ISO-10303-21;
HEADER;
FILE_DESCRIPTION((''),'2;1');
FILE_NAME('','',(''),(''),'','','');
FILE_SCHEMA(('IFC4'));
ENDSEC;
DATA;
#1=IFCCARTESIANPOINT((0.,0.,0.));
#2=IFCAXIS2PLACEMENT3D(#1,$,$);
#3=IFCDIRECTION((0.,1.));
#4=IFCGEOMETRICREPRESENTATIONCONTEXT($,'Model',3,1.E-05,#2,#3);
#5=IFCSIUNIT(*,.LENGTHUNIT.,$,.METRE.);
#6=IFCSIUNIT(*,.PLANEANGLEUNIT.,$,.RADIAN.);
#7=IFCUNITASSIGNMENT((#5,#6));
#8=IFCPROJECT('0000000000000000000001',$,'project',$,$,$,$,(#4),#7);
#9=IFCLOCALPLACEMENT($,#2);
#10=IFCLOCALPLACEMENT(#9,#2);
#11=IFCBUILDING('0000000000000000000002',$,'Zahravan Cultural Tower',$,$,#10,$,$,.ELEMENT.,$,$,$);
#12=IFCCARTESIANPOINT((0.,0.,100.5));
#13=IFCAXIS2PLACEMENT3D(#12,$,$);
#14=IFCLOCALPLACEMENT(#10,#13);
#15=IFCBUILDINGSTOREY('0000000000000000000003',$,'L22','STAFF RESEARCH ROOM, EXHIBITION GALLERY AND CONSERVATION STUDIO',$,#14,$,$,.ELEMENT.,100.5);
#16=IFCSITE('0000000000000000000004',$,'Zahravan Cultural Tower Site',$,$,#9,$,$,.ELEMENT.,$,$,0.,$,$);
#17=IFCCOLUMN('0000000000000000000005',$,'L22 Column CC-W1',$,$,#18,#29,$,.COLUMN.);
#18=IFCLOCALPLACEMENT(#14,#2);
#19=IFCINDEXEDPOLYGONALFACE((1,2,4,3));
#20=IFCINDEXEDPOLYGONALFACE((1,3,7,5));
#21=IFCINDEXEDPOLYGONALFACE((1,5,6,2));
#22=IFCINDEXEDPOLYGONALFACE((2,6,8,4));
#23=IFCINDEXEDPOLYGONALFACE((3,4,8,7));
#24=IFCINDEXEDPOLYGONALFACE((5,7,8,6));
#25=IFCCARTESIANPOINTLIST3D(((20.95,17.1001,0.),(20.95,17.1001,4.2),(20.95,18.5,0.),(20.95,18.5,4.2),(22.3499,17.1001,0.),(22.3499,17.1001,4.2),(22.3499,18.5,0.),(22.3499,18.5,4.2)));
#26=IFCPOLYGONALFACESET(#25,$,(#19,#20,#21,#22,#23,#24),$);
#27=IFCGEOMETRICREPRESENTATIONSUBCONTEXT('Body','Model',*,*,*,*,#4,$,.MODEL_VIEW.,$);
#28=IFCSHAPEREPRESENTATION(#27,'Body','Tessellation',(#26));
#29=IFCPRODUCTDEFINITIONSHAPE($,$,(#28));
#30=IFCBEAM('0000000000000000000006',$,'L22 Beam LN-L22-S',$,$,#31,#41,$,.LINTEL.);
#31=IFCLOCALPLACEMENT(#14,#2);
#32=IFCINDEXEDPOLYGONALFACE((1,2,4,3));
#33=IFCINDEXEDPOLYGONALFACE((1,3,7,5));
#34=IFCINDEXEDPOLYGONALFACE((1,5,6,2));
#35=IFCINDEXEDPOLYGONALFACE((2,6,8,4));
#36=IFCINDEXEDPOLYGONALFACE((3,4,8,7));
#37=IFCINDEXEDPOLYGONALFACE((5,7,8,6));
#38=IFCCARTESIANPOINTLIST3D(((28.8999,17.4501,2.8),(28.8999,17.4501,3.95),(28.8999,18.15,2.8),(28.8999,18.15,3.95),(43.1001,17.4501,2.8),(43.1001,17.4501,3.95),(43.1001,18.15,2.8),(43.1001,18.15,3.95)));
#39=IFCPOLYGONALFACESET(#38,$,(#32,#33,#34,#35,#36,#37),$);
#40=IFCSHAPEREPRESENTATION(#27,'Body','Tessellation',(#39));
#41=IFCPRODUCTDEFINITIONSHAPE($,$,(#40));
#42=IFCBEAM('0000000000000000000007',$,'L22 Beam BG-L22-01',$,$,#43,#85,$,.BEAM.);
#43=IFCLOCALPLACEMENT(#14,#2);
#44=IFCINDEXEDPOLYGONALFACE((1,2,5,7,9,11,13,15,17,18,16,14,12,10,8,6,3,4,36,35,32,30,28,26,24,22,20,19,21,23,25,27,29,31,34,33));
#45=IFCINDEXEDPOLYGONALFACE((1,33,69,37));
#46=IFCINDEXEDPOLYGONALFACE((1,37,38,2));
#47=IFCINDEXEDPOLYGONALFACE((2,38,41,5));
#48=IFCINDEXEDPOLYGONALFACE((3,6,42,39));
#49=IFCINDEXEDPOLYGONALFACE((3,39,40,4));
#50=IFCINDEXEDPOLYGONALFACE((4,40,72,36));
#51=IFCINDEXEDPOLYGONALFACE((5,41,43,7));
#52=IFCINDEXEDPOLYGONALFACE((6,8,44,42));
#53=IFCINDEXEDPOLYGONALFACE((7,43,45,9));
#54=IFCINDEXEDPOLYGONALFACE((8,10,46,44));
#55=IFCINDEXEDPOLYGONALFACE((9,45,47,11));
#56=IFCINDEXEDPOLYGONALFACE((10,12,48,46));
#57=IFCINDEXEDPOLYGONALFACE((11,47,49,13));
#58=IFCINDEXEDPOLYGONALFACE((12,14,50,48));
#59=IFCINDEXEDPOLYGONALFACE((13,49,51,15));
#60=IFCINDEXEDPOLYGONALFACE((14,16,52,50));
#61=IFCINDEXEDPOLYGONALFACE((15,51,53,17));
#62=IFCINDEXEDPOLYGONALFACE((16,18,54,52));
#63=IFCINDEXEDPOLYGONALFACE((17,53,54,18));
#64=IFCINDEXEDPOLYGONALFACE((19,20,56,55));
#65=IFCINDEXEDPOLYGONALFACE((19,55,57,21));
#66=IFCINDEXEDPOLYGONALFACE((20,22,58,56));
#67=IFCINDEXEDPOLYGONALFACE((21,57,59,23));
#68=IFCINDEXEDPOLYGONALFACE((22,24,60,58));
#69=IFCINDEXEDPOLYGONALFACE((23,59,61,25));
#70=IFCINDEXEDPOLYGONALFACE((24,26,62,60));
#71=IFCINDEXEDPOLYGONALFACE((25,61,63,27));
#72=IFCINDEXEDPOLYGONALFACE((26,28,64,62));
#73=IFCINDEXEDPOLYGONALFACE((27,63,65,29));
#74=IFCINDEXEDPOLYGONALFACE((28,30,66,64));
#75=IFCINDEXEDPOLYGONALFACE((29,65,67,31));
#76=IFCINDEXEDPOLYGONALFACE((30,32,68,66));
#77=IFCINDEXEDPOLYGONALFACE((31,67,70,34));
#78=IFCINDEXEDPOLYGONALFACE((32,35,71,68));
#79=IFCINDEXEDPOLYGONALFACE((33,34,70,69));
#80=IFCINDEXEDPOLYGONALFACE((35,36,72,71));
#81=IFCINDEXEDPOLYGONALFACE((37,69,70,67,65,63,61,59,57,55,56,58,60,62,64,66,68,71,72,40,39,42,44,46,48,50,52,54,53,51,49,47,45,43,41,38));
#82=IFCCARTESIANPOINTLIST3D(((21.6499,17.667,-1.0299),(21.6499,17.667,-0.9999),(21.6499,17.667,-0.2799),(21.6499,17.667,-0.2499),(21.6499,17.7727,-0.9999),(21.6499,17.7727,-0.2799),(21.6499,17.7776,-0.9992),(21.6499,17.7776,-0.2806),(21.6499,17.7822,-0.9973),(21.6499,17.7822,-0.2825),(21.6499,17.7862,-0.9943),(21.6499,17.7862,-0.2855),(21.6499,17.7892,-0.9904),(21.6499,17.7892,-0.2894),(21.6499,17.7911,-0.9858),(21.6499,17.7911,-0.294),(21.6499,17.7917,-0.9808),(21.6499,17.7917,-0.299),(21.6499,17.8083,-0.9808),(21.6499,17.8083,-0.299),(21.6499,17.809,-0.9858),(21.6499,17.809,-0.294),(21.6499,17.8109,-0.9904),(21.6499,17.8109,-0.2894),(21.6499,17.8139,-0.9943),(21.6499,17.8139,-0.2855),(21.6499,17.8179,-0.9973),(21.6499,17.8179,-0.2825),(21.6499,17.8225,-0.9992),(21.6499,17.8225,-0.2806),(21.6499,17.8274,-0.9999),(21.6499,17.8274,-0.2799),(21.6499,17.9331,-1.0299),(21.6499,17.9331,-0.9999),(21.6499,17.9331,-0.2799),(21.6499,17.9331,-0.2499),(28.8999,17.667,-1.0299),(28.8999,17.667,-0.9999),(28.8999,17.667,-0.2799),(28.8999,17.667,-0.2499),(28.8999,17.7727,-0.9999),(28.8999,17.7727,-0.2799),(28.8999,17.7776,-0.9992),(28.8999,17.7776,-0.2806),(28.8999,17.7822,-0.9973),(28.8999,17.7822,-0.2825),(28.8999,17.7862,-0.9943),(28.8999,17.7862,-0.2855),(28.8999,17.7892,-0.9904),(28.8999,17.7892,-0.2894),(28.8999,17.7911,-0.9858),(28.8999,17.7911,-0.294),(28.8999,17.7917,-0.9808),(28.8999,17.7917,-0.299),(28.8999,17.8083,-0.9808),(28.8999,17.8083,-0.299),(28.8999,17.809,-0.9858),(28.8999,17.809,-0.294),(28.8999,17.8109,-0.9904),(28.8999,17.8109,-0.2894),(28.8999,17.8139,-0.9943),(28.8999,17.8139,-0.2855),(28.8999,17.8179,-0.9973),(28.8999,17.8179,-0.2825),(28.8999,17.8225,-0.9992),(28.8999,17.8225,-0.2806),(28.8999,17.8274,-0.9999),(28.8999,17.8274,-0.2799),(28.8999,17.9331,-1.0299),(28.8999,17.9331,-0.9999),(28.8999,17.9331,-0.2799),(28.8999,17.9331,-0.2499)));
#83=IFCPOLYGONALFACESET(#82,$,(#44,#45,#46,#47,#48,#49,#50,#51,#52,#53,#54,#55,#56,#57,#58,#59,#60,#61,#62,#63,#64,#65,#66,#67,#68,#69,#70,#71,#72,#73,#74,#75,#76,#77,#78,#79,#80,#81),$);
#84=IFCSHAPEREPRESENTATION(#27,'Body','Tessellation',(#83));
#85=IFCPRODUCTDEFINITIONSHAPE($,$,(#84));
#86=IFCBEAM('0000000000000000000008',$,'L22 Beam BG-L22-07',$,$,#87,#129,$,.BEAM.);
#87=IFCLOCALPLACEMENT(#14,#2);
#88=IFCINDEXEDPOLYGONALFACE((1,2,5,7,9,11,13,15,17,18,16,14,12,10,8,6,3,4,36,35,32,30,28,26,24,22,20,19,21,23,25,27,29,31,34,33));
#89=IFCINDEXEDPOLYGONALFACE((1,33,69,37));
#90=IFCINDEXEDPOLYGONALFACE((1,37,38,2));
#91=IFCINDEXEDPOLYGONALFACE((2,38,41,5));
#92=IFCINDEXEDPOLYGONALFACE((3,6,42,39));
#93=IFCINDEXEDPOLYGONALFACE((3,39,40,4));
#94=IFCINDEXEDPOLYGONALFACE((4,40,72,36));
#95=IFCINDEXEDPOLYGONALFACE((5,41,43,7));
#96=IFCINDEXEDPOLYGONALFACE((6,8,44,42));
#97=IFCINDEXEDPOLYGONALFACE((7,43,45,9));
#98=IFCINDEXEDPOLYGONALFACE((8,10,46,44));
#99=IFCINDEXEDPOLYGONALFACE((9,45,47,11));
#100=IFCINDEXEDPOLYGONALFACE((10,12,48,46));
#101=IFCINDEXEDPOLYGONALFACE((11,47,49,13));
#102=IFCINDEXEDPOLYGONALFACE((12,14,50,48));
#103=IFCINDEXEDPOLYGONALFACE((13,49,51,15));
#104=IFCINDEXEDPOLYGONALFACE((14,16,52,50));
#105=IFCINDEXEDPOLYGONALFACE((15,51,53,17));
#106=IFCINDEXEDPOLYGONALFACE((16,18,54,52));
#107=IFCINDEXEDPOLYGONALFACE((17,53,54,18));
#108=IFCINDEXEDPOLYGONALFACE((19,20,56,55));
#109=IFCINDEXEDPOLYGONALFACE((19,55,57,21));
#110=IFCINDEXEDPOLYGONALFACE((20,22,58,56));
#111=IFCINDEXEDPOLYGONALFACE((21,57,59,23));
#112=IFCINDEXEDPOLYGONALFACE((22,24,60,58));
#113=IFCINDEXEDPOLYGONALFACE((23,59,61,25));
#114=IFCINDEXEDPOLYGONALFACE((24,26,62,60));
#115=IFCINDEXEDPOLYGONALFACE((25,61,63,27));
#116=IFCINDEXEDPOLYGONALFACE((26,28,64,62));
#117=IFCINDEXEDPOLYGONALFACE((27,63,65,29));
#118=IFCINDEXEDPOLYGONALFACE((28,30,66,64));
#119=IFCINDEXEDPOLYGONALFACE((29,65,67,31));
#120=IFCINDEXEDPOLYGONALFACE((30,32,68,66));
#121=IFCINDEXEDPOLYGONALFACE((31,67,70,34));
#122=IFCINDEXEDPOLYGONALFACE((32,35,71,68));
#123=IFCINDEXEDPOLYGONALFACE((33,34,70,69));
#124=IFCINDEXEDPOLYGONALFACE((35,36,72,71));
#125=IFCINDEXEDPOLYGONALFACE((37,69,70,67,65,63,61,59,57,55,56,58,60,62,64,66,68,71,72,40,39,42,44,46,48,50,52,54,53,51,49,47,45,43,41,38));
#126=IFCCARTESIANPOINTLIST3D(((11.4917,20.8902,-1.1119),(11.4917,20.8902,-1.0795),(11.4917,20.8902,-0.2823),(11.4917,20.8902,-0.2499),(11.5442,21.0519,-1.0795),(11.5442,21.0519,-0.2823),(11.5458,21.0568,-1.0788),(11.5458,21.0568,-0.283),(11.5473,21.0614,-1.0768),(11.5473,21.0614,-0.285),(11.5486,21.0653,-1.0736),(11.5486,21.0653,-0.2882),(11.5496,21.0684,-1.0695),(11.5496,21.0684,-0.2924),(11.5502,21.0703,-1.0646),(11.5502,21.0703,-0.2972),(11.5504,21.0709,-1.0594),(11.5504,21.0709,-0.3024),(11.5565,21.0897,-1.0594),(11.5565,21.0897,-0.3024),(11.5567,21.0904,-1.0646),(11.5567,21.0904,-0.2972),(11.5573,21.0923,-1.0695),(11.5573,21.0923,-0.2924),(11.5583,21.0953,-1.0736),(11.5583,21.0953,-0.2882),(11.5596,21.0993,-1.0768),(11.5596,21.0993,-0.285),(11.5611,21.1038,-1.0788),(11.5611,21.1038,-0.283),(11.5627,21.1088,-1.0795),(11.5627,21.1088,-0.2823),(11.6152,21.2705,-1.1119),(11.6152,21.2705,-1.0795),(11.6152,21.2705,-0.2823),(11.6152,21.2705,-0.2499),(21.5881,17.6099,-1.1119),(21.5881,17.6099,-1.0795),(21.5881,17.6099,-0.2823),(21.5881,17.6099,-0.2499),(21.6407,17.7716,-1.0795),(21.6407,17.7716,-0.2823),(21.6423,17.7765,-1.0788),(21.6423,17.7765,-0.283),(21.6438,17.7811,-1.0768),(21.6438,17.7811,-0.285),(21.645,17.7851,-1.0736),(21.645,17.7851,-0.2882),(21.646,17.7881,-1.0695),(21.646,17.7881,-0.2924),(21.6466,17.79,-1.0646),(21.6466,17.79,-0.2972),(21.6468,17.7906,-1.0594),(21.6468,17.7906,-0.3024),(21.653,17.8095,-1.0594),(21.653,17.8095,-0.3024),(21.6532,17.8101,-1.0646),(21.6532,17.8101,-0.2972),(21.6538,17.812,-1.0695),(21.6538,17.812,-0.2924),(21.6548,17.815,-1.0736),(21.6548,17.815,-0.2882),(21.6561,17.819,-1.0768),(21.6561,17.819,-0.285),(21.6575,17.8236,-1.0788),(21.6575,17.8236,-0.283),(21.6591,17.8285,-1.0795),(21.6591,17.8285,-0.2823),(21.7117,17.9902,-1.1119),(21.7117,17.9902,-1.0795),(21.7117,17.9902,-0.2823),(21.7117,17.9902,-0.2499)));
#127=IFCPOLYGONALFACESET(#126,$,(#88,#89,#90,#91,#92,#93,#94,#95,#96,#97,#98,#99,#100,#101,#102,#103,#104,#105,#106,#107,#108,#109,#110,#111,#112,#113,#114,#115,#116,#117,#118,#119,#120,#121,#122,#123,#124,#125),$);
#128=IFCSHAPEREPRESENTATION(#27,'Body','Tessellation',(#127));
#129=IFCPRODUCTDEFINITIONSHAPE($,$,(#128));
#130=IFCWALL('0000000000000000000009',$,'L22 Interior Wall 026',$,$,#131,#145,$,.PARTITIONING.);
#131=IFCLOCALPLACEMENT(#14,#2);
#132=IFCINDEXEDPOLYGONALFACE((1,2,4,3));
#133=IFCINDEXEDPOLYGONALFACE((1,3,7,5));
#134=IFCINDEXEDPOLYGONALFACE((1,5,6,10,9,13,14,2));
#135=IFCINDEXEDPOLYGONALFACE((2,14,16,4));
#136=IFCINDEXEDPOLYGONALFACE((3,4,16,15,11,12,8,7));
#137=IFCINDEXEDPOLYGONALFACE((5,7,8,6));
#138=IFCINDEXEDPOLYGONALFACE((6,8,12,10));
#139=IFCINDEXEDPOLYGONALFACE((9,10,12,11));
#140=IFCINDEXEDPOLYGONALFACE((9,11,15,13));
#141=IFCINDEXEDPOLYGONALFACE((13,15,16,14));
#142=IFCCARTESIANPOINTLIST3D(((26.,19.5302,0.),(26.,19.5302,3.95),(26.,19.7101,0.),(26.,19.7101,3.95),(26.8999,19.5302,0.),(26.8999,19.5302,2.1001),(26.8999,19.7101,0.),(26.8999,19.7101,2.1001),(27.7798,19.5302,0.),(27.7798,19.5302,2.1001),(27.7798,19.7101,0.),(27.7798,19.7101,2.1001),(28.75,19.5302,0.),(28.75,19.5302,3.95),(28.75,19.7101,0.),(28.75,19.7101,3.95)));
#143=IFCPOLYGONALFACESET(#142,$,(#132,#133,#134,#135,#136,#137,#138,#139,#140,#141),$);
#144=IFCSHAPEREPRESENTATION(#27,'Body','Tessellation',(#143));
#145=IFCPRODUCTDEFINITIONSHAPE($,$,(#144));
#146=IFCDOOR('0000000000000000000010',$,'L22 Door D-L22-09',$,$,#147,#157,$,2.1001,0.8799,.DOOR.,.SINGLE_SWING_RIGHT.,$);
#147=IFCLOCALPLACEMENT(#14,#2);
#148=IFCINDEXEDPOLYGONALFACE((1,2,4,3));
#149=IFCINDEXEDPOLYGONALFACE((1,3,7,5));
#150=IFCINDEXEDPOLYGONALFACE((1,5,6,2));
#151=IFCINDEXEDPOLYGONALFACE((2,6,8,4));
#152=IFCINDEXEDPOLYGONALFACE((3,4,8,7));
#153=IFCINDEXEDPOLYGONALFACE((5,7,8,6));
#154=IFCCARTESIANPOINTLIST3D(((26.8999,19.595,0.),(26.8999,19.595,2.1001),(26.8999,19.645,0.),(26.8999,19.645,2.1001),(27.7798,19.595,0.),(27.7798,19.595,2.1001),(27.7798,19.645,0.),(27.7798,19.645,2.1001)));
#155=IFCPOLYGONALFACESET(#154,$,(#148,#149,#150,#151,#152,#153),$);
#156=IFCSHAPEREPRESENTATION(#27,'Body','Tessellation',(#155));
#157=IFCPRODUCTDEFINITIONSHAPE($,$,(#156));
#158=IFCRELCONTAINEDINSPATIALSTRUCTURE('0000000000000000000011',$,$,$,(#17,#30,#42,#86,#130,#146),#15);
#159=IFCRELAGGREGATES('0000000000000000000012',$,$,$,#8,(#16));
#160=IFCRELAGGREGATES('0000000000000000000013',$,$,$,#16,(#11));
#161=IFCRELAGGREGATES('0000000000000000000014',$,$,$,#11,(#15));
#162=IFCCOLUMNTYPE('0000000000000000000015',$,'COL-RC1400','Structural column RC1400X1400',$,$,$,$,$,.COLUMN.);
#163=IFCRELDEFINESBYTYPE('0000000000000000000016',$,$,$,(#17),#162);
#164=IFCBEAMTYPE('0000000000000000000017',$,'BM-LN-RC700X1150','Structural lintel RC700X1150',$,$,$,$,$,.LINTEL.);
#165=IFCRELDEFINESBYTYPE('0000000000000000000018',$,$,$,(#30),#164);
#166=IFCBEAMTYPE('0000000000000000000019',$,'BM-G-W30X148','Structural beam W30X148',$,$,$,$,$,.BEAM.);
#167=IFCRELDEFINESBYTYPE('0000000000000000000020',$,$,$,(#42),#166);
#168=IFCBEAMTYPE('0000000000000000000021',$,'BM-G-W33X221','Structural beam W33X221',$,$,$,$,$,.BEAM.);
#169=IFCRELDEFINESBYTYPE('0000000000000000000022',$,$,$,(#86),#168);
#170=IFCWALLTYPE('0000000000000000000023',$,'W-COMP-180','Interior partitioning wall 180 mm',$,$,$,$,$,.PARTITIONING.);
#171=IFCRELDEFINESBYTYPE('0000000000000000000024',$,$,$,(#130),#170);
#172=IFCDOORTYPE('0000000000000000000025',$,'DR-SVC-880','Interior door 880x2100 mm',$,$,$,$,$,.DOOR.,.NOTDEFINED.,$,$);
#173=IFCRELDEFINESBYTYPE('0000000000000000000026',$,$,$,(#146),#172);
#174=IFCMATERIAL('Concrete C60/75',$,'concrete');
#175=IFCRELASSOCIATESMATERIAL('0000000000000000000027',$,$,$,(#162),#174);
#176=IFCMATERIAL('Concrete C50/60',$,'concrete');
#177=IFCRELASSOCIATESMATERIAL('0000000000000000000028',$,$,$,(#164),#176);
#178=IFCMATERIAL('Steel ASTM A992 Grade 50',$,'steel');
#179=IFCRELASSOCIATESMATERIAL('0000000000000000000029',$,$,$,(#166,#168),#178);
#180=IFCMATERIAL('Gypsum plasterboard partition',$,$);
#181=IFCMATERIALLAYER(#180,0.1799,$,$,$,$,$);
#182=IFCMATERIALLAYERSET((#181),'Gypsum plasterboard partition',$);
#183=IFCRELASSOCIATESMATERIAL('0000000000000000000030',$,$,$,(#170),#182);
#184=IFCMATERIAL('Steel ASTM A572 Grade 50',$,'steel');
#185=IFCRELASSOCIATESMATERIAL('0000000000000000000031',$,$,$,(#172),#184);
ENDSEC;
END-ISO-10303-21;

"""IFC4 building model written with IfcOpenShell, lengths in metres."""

from ifc_helpers import new_model, si_unit, direction, frame, frame_2d, origin, origin_2d, place, context, subcontext, project, spatial, rectangle, i_section, extrude, source, transform, mapped, material, layer, layer_set, material_profile, profile_set, type_object, element, fill, save


model = new_model("IFC4")

# Units and contexts
model_context = context("Model", 3, precision=1e-05, world=origin(), true_north=direction((0.0, 1.0)))
body_context = subcontext(model_context, "Body", "Model", "MODEL_VIEW")
ifc_project = project(units=[si_unit("LENGTHUNIT", "METRE"), si_unit("PLANEANGLEUNIT", "RADIAN")], contexts=[model_context])

# Site, building, storey
site_placement = place(None, origin())
site = spatial("IfcSite", under=ifc_project, at=site_placement, Name="Zahravan Cultural Tower Site", CompositionType="ELEMENT", RefElevation=0.0)
building_placement = place(site_placement, origin())
building = spatial("IfcBuilding", under=site, at=building_placement, Name="Zahravan Cultural Tower", CompositionType="ELEMENT")
storey_placement = place(building_placement, frame((0.0, 0.0, 100.5)))
storey = spatial("IfcBuildingStorey", under=building, at=storey_placement, Name="L22", Description="STAFF RESEARCH ROOM, EXHIBITION GALLERY AND CONSERVATION STUDIO", CompositionType="ELEMENT", Elevation=100.5)

# Column
ifc_material_1 = material(Name="Concrete C60/75", Category="concrete")
ifc_material_profile_1 = material_profile(ifc_material_1, rectangle(XDim=1.3999, YDim=1.3999, at=origin_2d()), Name="RC1400X1400")
ifc_profile_set_1 = profile_set([ifc_material_profile_1], Name="Concrete C60/75")
column_type = type_object("IfcColumnType", Name="COL-RC1400", Description="Structural column RC1400X1400", PredefinedType="COLUMN", material=ifc_profile_set_1)
shared_shape_1 = source(origin(), body_context, "Body", "SweptSolid", [
    extrude(rectangle(XDim=1.3999, YDim=1.3999, at=origin_2d()), origin(), (0.0, 0.0, 1.0), 4.2),
])
column_placement = place(storey_placement, frame((21.6499, 17.8, 0.0), z_axis=(0.0, 0.0, 1.0), x_axis=(1.0, 0.0, 0.0)))
element("IfcColumn", 1, at=column_placement, inside=storey, type_object=column_type, Name="L22 Column CC-W1", PredefinedType="COLUMN", context=body_context, shape_type="MappedRepresentation", body=[
    mapped(shared_shape_1, transform((0.0, 0.0, 0.0), x_axis=(1.0, 0.0, 0.0), y_axis=(0.0, 1.0, 0.0), z_axis=(0.0, 0.0, 1.0), scale=1.0)),
])

# Beams
ifc_material_2 = material(Name="Concrete C50/60", Category="concrete")
ifc_material_profile_2 = material_profile(ifc_material_2, rectangle(XDim=0.7, YDim=1.1499, at=origin_2d()), Name="RC700X1150")
ifc_profile_set_2 = profile_set([ifc_material_profile_2], Name="Concrete C50/60")
beam_type_1 = type_object("IfcBeamType", Name="BM-LN-RC700X1150", Description="Structural lintel RC700X1150", PredefinedType="LINTEL", material=ifc_profile_set_2)
shared_shape_2 = source(origin(), body_context, "Body", "SweptSolid", [
    extrude(rectangle(XDim=0.7, YDim=1.1499, at=origin_2d()), origin(), (0.0, 0.0, 1.0), 14.2002),
])
beam_1_placement = place(storey_placement, frame((28.8999, 17.8, 3.375), z_axis=(1.0, 0.0, 0.0), x_axis=(0.0, 1.0, 0.0)))
element("IfcBeam", 2, at=beam_1_placement, inside=storey, type_object=beam_type_1, Name="L22 Beam LN-L22-S", PredefinedType="LINTEL", context=body_context, shape_type="MappedRepresentation", body=[
    mapped(shared_shape_2, transform((0.0, 0.0, 0.0), x_axis=(1.0, 0.0, 0.0), y_axis=(0.0, 1.0, 0.0), z_axis=(0.0, 0.0, 1.0), scale=1.0)),
])
ifc_material_3 = material(Name="Steel ASTM A992 Grade 50", Category="steel")
ifc_material_profile_3 = material_profile(ifc_material_3, i_section(OverallWidth=0.2661, OverallDepth=0.78, WebThickness=0.0166, FlangeThickness=0.03, FilletRadius=0.019, at=origin_2d()), Name="W30X148")
ifc_profile_set_3 = profile_set([ifc_material_profile_3], Name="Steel ASTM A992 Grade 50")
beam_type_2 = type_object("IfcBeamType", Name="BM-G-W30X148", Description="Structural beam W30X148", PredefinedType="BEAM", material=ifc_profile_set_3)
shared_shape_3 = source(origin(), body_context, "Body", "SweptSolid", [
    extrude(i_section(OverallWidth=0.2661, OverallDepth=0.78, WebThickness=0.0166, FlangeThickness=0.03, FilletRadius=0.019, at=origin_2d()), origin(), (0.0, 0.0, 1.0), 7.25),
])
beam_2_placement = place(storey_placement, frame((21.6499, 17.8, -0.6399), z_axis=(1.0, 0.0, 0.0), x_axis=(0.0, 1.0, 0.0)))
element("IfcBeam", 3, at=beam_2_placement, inside=storey, type_object=beam_type_2, Name="L22 Beam BG-L22-01", PredefinedType="BEAM", context=body_context, shape_type="MappedRepresentation", body=[
    mapped(shared_shape_3, transform((0.0, 0.0, 0.0), x_axis=(1.0, 0.0, 0.0), y_axis=(0.0, 1.0, 0.0), z_axis=(0.0, 0.0, 1.0), scale=1.0)),
])
ifc_material_profile_4 = material_profile(ifc_material_3, i_section(OverallWidth=0.3999, OverallDepth=0.8621, WebThickness=0.0198, FlangeThickness=0.0325, FilletRadius=0.02, at=origin_2d()), Name="W33X221")
ifc_profile_set_4 = profile_set([ifc_material_profile_4], Name="Steel ASTM A992 Grade 50")
beam_type_3 = type_object("IfcBeamType", Name="BM-G-W33X221", Description="Structural beam W33X221", PredefinedType="BEAM", material=ifc_profile_set_4)
shared_shape_4 = source(origin(), body_context, "Body", "SweptSolid", [
    extrude(i_section(OverallWidth=0.3999, OverallDepth=0.8621, WebThickness=0.0198, FlangeThickness=0.0325, FilletRadius=0.02, at=origin_2d()), origin(), (0.0, 0.0, 1.0), 10.616),
])
beam_3_placement = place(storey_placement, frame((21.6499, 17.8, -0.6809), z_axis=(-0.951064, 0.308995, 0.0), x_axis=(-0.308995, -0.951064, 0.0)))
element("IfcBeam", 4, at=beam_3_placement, inside=storey, type_object=beam_type_3, Name="L22 Beam BG-L22-07", PredefinedType="BEAM", context=body_context, shape_type="MappedRepresentation", body=[
    mapped(shared_shape_4, transform((0.0, 0.0, 0.0), x_axis=(1.0, 0.0, 0.0), y_axis=(0.0, 1.0, 0.0), z_axis=(0.0, 0.0, 1.0), scale=1.0)),
])

# Wall, opening, door
ifc_material_4 = material(Name="Gypsum plasterboard partition")
ifc_layer_1 = layer(ifc_material_4, 0.1799)
ifc_layer_set_1 = layer_set([ifc_layer_1], Name="Gypsum plasterboard partition")
wall_type_1 = type_object("IfcWallType", Name="W-COMP-180", Description="Interior partitioning wall 180 mm", PredefinedType="PARTITIONING", material=ifc_layer_set_1)
wall_1_placement = place(storey_placement, frame((26.0, 19.6201, 0.0), z_axis=(0.0, 0.0, 1.0), x_axis=(1.0, 0.0, 0.0)))
wall_1 = element("IfcWall", 5, at=wall_1_placement, inside=storey, type_object=wall_type_1, Name="L22 Interior Wall 026", PredefinedType="PARTITIONING", context=body_context, shape_type="SweptSolid", body=[
    extrude(rectangle(XDim=2.75, YDim=0.1799, at=frame_2d((1.375, 0.0))), origin(), (0.0, 0.0, 1.0), 3.95),
])
opening_1_placement = place(wall_1_placement, frame((0.8999, 0.0, 0.0)))
opening_1 = element("IfcOpeningElement", 6, at=opening_1_placement, cuts=wall_1, PredefinedType="OPENING", context=body_context, shape_type="SweptSolid", body=[
    extrude(rectangle(XDim=0.8799, YDim=2.1001, at=frame_2d((0.4399, 1.05))), frame((0.0, 0.0999, 0.0), z_axis=(0.0, -1.0, 0.0), x_axis=(1.0, 0.0, 0.0)), (0.0, 0.0, 1.0), 0.2),
])
ifc_material_5 = material(Name="Steel ASTM A572 Grade 50", Category="steel")
door_type_1 = type_object("IfcDoorType", Name="DR-SVC-880", Description="Interior door 880x2100 mm", OperationType="NOTDEFINED", PredefinedType="DOOR", material=ifc_material_5)
shared_shape_5 = source(origin(), body_context, "Body", "SweptSolid", [
    extrude(rectangle(XDim=0.8799, YDim=2.1001, at=frame_2d((0.4399, 1.05))), frame((0.0, 0.0249, 0.0), z_axis=(0.0, -1.0, 0.0), x_axis=(1.0, 0.0, 0.0)), (0.0, 0.0, 1.0), 0.05),
])
door_1_placement = place(opening_1_placement, origin())
door_1 = element("IfcDoor", 7, at=door_1_placement, inside=storey, type_object=door_type_1, Name="L22 Door D-L22-09", OperationType="SINGLE_SWING_RIGHT", OverallHeight=2.1001, OverallWidth=0.8799, PredefinedType="DOOR", context=body_context, shape_type="MappedRepresentation", body=[
    mapped(shared_shape_5, transform((0.0, 0.0, 0.0), x_axis=(1.0, 0.0, 0.0), y_axis=(0.0, 1.0, 0.0), z_axis=(0.0, 0.0, 1.0), scale=1.0)),
])
fill(opening_1, door_1)

save(model, "model.ifc")
